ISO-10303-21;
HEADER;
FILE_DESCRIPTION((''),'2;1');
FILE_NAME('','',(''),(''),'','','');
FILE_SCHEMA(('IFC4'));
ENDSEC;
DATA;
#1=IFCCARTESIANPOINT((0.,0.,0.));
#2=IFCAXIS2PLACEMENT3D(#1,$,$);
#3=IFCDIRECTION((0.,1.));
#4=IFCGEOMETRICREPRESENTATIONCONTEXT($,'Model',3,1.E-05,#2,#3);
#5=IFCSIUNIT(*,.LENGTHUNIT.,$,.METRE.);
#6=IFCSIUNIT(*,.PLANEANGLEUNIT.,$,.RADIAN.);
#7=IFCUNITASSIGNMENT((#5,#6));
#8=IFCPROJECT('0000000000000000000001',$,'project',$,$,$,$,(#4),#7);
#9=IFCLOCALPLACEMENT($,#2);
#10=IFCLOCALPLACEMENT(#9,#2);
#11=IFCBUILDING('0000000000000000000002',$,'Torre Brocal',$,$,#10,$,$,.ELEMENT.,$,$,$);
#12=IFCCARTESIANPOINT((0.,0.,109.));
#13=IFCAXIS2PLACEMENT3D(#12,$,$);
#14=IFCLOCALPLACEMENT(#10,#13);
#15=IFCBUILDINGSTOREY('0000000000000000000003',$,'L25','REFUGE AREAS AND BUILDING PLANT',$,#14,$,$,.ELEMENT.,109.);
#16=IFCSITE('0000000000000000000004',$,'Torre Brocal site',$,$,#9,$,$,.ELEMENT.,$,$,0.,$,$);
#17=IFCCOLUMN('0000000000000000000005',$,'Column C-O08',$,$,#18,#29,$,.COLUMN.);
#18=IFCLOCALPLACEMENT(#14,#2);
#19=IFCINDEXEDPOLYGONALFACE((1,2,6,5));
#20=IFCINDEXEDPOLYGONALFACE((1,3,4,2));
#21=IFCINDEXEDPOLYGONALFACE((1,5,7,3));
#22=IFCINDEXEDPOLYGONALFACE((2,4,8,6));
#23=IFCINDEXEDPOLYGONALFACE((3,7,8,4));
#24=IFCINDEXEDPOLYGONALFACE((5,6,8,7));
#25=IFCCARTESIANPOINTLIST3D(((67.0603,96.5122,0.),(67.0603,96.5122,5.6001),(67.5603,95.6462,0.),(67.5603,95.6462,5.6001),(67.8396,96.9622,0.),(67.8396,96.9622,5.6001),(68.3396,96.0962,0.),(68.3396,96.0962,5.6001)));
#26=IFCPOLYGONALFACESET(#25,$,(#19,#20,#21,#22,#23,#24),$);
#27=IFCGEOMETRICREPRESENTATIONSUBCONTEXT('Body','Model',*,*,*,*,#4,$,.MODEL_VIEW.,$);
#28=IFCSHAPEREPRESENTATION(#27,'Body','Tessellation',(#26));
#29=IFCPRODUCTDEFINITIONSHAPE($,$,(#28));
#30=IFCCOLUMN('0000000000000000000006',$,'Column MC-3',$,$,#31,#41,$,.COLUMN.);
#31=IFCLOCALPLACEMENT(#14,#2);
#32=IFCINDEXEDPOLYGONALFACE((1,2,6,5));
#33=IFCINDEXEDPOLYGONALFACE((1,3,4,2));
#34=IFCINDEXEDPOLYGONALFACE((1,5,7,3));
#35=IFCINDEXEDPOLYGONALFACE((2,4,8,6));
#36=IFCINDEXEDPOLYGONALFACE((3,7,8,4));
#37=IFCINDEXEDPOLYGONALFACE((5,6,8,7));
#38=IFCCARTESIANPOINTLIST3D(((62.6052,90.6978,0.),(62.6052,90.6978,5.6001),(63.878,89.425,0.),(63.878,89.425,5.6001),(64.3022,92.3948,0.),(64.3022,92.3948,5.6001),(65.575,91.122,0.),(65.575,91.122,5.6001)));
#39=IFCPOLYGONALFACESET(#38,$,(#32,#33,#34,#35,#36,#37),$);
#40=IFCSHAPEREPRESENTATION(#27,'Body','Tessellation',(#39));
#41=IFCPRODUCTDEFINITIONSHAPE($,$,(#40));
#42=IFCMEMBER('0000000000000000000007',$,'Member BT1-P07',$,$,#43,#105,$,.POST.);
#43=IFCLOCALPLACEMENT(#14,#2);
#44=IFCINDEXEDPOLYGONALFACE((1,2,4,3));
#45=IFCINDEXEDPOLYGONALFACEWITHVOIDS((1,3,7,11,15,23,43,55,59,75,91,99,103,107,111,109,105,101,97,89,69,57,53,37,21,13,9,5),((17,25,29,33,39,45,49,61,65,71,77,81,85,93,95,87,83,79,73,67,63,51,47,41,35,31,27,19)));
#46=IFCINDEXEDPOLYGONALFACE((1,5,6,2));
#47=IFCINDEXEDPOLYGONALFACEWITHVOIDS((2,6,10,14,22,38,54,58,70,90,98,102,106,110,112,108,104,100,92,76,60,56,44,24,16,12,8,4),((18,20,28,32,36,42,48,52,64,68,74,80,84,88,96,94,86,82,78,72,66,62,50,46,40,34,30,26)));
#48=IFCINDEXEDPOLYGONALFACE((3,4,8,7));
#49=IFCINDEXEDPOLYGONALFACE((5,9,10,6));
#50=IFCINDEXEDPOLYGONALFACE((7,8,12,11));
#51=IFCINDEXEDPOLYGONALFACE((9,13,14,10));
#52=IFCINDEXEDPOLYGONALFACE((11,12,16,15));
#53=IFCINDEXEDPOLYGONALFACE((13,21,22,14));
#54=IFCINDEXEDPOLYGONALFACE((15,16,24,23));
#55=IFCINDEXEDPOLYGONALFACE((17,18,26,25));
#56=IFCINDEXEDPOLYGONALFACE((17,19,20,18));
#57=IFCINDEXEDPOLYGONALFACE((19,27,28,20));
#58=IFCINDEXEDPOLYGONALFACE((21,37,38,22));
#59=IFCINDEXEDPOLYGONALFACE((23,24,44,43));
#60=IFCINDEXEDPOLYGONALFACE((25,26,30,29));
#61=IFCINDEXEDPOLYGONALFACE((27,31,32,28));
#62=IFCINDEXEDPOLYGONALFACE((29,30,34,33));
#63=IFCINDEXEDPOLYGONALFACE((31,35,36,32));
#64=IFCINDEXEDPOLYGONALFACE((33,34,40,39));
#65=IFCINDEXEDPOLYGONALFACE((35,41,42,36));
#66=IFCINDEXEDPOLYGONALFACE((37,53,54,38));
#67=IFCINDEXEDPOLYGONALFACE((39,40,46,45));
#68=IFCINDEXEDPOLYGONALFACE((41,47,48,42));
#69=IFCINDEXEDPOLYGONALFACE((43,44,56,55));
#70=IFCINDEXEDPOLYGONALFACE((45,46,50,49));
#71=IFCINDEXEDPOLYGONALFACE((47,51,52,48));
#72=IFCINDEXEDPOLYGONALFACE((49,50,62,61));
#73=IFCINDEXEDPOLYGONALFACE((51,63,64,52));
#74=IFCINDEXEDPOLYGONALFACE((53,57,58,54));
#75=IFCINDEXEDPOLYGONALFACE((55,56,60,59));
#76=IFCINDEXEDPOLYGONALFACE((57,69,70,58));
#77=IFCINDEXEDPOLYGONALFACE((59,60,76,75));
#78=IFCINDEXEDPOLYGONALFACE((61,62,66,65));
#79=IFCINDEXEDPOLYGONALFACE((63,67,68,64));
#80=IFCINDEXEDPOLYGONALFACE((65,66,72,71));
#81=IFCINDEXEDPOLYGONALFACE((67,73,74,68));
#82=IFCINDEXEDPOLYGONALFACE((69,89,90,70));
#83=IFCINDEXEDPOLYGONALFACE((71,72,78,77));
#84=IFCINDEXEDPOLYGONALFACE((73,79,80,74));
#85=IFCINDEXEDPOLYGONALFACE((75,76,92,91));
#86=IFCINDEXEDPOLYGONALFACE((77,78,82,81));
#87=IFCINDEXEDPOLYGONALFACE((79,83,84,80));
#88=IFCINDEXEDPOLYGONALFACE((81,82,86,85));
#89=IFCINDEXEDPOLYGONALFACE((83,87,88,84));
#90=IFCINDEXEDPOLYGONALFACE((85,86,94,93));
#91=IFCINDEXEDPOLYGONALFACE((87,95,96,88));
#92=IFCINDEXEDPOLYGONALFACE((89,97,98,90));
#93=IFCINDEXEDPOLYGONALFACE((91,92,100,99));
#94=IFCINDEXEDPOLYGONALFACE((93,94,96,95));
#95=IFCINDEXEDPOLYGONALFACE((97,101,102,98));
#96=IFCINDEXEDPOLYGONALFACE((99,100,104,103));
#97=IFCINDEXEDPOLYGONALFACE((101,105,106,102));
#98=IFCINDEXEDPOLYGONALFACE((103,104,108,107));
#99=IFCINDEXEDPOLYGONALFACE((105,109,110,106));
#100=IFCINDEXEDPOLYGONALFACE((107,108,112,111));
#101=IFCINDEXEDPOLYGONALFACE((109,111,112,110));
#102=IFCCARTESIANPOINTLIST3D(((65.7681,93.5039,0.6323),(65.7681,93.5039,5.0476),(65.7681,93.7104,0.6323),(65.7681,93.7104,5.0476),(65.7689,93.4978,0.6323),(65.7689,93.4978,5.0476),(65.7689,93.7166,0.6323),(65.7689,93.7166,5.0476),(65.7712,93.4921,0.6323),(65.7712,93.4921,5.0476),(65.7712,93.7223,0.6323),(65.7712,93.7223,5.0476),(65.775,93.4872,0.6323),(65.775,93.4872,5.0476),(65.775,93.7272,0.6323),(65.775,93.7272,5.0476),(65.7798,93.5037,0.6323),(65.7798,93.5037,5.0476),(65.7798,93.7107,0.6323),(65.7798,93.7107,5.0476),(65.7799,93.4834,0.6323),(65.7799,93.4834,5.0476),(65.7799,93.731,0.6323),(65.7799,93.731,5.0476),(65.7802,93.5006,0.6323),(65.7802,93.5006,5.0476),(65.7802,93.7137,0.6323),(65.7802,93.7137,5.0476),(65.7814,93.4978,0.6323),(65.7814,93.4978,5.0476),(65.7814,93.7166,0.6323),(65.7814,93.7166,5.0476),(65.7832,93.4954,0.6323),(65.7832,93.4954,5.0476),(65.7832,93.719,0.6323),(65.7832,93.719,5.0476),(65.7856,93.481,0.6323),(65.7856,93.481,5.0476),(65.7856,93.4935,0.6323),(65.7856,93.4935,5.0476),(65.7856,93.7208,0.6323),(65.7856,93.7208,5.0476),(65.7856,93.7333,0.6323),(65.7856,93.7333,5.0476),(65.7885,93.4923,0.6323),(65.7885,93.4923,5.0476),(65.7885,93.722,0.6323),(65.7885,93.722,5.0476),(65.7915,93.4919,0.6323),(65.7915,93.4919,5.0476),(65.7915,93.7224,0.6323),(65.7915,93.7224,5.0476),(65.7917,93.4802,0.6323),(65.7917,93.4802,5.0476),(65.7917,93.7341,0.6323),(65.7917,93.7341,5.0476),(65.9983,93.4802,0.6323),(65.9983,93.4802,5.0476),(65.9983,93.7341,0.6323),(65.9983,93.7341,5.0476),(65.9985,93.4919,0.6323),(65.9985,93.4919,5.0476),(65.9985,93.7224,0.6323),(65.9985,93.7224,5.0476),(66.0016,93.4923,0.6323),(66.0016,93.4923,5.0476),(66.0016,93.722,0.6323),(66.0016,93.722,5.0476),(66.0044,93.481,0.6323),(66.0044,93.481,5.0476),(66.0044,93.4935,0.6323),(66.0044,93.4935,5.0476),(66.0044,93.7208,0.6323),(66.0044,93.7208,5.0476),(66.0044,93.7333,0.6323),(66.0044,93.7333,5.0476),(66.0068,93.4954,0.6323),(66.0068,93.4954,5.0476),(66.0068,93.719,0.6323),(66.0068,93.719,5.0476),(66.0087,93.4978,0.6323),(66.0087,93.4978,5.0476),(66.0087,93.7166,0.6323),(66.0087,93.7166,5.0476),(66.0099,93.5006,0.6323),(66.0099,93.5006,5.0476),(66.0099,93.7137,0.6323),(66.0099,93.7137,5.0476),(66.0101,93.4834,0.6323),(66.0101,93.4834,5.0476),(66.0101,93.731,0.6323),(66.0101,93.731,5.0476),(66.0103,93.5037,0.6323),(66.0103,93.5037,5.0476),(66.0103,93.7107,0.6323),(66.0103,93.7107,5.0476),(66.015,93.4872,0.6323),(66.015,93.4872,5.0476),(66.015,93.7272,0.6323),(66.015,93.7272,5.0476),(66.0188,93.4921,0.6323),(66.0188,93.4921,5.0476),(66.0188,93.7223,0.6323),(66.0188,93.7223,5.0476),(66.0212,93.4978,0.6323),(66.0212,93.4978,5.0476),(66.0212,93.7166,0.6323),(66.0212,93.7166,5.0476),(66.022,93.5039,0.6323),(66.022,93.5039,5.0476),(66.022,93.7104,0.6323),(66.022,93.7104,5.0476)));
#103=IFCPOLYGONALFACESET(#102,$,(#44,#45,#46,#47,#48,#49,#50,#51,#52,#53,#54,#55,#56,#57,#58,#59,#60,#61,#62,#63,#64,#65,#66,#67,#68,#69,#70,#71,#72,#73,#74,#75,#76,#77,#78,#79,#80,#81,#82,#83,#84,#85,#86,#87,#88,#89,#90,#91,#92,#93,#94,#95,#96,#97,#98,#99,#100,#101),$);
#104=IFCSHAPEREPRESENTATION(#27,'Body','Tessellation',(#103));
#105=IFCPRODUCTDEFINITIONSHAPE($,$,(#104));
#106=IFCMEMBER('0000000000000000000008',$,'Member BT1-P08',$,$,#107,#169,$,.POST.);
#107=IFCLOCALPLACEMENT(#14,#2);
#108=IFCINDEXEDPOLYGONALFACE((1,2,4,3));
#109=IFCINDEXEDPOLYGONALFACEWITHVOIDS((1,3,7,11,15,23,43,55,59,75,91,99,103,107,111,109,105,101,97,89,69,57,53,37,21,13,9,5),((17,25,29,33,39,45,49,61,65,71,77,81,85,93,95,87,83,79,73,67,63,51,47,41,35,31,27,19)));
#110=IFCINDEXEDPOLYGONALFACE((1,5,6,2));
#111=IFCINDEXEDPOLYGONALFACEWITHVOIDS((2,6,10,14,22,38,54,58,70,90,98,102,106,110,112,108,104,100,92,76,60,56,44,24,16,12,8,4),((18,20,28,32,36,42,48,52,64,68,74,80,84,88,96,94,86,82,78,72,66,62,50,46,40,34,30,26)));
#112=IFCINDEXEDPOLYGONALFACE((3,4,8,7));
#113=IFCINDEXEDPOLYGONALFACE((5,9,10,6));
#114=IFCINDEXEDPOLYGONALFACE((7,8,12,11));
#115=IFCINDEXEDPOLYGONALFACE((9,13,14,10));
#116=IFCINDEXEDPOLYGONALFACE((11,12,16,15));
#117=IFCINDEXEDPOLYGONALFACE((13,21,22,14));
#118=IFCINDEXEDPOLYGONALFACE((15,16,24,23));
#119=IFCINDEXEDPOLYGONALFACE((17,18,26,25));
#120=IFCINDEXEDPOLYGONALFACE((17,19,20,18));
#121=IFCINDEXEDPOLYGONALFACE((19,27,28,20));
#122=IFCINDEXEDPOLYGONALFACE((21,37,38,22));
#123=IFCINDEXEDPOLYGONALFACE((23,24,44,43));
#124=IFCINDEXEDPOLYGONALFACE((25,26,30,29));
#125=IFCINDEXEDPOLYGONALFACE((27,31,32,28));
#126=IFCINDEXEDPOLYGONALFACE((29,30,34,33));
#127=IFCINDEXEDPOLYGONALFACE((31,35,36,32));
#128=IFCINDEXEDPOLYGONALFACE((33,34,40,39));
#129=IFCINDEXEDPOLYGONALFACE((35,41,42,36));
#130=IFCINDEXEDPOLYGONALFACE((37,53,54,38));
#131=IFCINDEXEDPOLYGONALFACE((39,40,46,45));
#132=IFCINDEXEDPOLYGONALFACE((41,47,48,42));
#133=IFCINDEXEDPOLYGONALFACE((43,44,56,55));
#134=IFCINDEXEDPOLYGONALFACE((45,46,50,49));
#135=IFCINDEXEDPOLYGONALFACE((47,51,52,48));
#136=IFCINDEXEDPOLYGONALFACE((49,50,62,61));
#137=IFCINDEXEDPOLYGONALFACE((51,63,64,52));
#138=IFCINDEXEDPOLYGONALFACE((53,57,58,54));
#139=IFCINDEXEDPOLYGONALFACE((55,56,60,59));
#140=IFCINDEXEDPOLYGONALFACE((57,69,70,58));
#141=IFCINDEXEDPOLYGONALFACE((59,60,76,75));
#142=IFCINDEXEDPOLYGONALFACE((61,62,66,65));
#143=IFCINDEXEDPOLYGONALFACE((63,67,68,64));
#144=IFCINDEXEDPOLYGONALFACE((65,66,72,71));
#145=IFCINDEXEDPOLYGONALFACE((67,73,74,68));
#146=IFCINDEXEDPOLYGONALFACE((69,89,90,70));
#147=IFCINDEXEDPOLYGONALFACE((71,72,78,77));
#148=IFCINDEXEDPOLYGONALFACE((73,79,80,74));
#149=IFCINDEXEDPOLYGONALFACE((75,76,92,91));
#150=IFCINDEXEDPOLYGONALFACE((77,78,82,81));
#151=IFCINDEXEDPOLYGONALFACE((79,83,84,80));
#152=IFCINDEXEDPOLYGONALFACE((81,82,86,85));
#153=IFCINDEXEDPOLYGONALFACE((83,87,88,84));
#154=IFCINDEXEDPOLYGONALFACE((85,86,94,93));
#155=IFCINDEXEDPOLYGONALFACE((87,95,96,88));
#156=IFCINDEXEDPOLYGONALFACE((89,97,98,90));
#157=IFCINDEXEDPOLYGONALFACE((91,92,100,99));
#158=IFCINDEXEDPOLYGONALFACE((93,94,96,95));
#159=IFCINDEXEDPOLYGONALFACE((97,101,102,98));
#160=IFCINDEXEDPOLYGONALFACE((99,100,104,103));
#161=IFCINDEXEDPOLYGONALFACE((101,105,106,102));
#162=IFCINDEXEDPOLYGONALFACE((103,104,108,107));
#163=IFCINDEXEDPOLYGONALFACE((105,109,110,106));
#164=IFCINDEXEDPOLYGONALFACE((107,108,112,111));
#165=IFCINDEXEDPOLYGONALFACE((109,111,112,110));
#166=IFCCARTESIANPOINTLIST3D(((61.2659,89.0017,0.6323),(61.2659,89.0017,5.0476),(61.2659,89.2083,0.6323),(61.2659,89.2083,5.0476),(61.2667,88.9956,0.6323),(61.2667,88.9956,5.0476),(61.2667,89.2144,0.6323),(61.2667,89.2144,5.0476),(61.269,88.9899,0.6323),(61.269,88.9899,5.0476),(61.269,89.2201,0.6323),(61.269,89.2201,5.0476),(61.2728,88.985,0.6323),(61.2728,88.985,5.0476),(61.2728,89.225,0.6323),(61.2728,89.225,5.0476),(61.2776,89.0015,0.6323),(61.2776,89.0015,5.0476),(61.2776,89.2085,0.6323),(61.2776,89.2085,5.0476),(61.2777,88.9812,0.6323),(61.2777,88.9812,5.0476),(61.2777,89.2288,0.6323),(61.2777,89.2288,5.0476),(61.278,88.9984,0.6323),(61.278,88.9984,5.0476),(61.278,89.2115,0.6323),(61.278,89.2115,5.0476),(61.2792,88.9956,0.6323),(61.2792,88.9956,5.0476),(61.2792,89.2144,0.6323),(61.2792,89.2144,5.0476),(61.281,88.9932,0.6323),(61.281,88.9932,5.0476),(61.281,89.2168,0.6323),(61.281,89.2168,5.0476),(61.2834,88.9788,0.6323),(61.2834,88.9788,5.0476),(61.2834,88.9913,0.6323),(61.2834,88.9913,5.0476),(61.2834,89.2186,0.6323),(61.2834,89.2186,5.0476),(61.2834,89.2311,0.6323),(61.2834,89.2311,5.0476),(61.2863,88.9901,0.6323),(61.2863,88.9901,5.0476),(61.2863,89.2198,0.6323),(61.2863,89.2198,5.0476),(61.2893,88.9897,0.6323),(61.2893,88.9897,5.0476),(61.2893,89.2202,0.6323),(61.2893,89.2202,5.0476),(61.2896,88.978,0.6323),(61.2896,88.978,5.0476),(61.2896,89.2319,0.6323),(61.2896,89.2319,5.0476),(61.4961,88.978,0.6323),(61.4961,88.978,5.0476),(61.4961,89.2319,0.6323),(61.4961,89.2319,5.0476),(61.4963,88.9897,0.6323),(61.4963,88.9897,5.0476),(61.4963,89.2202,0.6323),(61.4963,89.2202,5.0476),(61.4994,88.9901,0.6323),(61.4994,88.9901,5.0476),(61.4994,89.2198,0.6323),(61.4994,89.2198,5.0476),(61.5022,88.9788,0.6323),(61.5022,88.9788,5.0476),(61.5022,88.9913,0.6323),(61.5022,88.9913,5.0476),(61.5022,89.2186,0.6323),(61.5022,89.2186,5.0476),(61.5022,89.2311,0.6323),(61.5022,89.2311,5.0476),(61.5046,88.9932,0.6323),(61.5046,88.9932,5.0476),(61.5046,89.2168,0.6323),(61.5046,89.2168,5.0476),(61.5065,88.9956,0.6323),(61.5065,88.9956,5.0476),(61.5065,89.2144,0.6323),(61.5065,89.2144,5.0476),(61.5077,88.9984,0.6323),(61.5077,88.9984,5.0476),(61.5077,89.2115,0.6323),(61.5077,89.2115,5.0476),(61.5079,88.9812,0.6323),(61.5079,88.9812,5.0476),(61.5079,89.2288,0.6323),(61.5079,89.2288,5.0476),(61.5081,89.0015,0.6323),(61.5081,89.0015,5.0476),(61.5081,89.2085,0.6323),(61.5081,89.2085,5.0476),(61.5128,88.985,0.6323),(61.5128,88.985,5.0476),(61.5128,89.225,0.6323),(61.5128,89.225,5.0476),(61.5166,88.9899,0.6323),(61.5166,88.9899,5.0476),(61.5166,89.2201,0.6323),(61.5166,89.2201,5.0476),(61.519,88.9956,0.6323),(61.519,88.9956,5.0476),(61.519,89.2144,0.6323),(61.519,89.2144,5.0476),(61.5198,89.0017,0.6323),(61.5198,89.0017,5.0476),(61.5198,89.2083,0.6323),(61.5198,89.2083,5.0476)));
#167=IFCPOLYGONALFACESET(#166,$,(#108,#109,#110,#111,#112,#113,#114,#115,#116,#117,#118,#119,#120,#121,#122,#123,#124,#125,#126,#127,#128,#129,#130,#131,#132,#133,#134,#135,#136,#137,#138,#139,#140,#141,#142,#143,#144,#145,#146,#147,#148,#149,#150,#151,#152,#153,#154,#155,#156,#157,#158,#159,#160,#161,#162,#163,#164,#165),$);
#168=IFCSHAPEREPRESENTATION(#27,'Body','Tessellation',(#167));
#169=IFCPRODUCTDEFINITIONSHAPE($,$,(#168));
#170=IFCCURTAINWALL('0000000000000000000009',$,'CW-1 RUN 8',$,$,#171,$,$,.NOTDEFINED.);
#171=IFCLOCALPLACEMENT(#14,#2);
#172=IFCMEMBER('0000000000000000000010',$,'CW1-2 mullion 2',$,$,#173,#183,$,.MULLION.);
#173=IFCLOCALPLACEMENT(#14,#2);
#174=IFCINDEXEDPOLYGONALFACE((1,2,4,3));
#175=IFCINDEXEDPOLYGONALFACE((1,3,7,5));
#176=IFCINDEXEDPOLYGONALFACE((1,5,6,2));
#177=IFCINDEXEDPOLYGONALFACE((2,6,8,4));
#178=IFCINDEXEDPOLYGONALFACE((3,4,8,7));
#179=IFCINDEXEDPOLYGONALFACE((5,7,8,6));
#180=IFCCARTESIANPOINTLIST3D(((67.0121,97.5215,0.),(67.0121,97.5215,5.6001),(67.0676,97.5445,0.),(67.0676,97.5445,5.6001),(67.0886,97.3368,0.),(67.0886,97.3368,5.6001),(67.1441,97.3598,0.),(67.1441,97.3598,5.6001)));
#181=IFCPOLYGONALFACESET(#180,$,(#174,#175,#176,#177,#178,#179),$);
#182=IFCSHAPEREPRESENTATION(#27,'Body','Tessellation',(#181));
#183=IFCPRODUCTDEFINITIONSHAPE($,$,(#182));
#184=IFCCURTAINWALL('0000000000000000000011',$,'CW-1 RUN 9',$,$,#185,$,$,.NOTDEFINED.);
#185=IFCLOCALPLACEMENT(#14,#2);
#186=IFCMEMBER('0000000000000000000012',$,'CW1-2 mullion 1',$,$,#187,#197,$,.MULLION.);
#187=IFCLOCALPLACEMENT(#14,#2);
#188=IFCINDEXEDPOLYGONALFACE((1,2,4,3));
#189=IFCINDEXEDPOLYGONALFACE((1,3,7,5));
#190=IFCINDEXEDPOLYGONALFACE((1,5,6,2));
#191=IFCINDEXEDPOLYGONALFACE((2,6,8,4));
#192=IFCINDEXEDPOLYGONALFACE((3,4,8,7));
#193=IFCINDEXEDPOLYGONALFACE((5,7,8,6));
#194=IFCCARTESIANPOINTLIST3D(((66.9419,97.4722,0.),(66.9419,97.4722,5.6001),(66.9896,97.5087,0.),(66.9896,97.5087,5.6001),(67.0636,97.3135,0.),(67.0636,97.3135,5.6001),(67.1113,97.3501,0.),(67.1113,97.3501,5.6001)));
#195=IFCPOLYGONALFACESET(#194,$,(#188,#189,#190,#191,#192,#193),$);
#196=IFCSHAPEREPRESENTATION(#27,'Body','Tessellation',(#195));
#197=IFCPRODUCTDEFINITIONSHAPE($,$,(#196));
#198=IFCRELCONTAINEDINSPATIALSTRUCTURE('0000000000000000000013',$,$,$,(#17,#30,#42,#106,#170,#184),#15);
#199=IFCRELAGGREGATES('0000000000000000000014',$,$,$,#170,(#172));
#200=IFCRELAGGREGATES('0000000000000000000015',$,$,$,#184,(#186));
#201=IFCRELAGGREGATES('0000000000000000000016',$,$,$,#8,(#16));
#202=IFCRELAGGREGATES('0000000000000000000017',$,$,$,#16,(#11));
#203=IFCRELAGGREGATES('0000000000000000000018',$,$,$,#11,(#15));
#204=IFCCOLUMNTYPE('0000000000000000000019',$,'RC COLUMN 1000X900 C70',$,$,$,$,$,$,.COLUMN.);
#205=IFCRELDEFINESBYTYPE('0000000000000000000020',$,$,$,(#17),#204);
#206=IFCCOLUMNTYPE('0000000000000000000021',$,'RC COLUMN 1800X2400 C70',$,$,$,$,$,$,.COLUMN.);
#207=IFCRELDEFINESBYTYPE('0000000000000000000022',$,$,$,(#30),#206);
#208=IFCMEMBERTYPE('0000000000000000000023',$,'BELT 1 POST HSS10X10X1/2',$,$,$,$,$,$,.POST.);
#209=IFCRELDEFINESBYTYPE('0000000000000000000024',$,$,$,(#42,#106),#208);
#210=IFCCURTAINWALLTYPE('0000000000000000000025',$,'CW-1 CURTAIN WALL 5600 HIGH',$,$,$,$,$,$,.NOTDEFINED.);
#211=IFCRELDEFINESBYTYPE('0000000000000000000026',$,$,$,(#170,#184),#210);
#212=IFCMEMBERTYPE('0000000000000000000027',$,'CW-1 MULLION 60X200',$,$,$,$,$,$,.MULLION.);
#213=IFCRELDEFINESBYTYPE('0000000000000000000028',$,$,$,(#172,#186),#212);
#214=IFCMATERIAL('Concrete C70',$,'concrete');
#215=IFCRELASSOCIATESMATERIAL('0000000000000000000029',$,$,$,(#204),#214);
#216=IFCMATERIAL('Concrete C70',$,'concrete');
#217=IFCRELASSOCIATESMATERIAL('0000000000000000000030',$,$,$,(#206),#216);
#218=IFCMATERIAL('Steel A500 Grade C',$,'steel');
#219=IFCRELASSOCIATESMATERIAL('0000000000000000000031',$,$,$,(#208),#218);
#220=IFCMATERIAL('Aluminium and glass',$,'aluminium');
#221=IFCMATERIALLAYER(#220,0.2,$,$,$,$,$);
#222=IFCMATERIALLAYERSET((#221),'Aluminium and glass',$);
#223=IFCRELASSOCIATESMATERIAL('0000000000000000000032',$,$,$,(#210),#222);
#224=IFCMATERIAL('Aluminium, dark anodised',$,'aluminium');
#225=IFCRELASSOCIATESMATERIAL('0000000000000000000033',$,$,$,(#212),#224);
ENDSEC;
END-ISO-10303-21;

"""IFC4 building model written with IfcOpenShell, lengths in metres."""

from ifc_helpers import new_model, si_unit, direction, frame, origin, origin_2d, place, context, subcontext, project, spatial, rectangle, hollow_rectangle, extrude, material, layer, layer_set, material_profile, profile_set, type_object, element, aggregate, save


model = new_model("IFC4")

# Units and contexts
model_context = context("Model", 3, precision=1e-05, world=origin(), true_north=direction((0.0, 1.0)))
body_context = subcontext(model_context, "Body", "Model", "MODEL_VIEW")
ifc_project = project(units=[si_unit("LENGTHUNIT", "METRE"), si_unit("PLANEANGLEUNIT", "RADIAN")], contexts=[model_context])

# Site, building, storey
site_placement = place(None, origin())
site = spatial("IfcSite", under=ifc_project, at=site_placement, Name="Torre Brocal site", CompositionType="ELEMENT", RefElevation=0.0)
building_placement = place(site_placement, origin())
building = spatial("IfcBuilding", under=site, at=building_placement, Name="Torre Brocal", CompositionType="ELEMENT")
storey_placement = place(building_placement, frame((0.0, 0.0, 109.0)))
storey = spatial("IfcBuildingStorey", under=building, at=storey_placement, Name="L25", Description="REFUGE AREAS AND BUILDING PLANT", CompositionType="ELEMENT", Elevation=109.0)

# Columns
ifc_material_1 = material(Name="Concrete C70", Category="concrete")
ifc_material_profile_1 = material_profile(ifc_material_1, rectangle(XDim=1.0, YDim=0.8999, at=origin_2d()), Name="RC 1000X900")
ifc_profile_set_1 = profile_set([ifc_material_profile_1], Name="Concrete C70")
column_type_1 = type_object("IfcColumnType", Name="RC COLUMN 1000X900 C70", PredefinedType="COLUMN", material=ifc_profile_set_1)
column_1_placement = place(storey_placement, frame((67.7, 96.3042, 0.0), z_axis=(0.0, 0.0, 1.0), x_axis=(-0.5, 0.866025, 0.0)))
element("IfcColumn", 1, at=column_1_placement, inside=storey, type_object=column_type_1, Name="Column C-O08", PredefinedType="COLUMN", context=body_context, shape_type="SweptSolid", body=[
    extrude(rectangle(XDim=1.0, YDim=0.8999, at=origin_2d()), origin(), (0.0, 0.0, 1.0), 5.6001),
])
ifc_material_2 = material(Name="Concrete C70", Category="concrete")
ifc_material_profile_2 = material_profile(ifc_material_2, rectangle(XDim=1.8, YDim=2.3999, at=origin_2d()), Name="RC 1800X2400")
ifc_profile_set_2 = profile_set([ifc_material_profile_2], Name="Concrete C70")
column_type_2 = type_object("IfcColumnType", Name="RC COLUMN 1800X2400 C70", PredefinedType="COLUMN", material=ifc_profile_set_2)
column_2_placement = place(storey_placement, frame((64.0901, 90.9099, 0.0), z_axis=(0.0, 0.0, 1.0), x_axis=(-0.707107, 0.707107, 0.0)))
element("IfcColumn", 2, at=column_2_placement, inside=storey, type_object=column_type_2, Name="Column MC-3", PredefinedType="COLUMN", context=body_context, shape_type="SweptSolid", body=[
    extrude(rectangle(XDim=1.8, YDim=2.3999, at=origin_2d()), origin(), (0.0, 0.0, 1.0), 5.6001),
])

# Members
ifc_material_3 = material(Name="Steel A500 Grade C", Category="steel")
ifc_material_profile_3 = material_profile(ifc_material_3, hollow_rectangle(XDim=0.2539, YDim=0.2539, WallThickness=0.0117, InnerFilletRadius=0.0117, OuterFilletRadius=0.0237, at=origin_2d()), Name="HSS10X10X1/2")
ifc_profile_set_3 = profile_set([ifc_material_profile_3], Name="Steel A500 Grade C")
member_type_1 = type_object("IfcMemberType", Name="BELT 1 POST HSS10X10X1/2", PredefinedType="POST", material=ifc_profile_set_3)
for number, where, z_axis, x_axis, name in (
    (3, (65.895, 93.6072, 0.6323), (0.0, 0.0, 1.0), (1.0, 0.0, 0.0), "Member BT1-P07"),
    (4, (61.3928, 89.105, 0.6323), (0.0, 0.0, 1.0), (1.0, 0.0, 0.0), "Member BT1-P08"),
):
    element("IfcMember", number, at=place(storey_placement, frame(where, z_axis=z_axis, x_axis=x_axis)), inside=storey, type_object=member_type_1, Name=name, PredefinedType="POST", context=body_context, shape_type="SweptSolid", body=[
        extrude(hollow_rectangle(XDim=0.2539, YDim=0.2539, WallThickness=0.0117, InnerFilletRadius=0.0117, OuterFilletRadius=0.0237, at=origin_2d()), origin(), (0.0, 0.0, 1.0), 4.4153),
    ])

# Curtain wall, member
ifc_material_4 = material(Name="Aluminium and glass", Category="aluminium")
ifc_layer_1 = layer(ifc_material_4, 0.2)
ifc_layer_set_1 = layer_set([ifc_layer_1], Name="Aluminium and glass")
curtain_wall_type = type_object("IfcCurtainWallType", Name="CW-1 CURTAIN WALL 5600 HIGH", PredefinedType="NOTDEFINED", material=ifc_layer_set_1)
curtain_wall_1_placement = place(storey_placement, origin())
curtain_wall_1 = element("IfcCurtainWall", 5, at=curtain_wall_1_placement, inside=storey, type_object=curtain_wall_type, Name="CW-1 RUN 8", PredefinedType="NOTDEFINED")
ifc_material_5 = material(Name="Aluminium, dark anodised", Category="aluminium")
ifc_material_profile_4 = material_profile(ifc_material_5, rectangle(XDim=0.2, YDim=0.0601, at=origin_2d()), Name="CW-1 MULLION 60X200")
ifc_profile_set_4 = profile_set([ifc_material_profile_4], Name="Aluminium, dark anodised")
member_type_2 = type_object("IfcMemberType", Name="CW-1 MULLION 60X200", PredefinedType="MULLION", material=ifc_profile_set_4)
member_1_placement = place(storey_placement, frame((67.0781, 97.4407, 0.0), z_axis=(0.0, 0.0, 1.0), x_axis=(0.382683, -0.92388, 0.0)))
member_1 = element("IfcMember", 6, at=member_1_placement, type_object=member_type_2, Name="CW1-2 mullion 2", PredefinedType="MULLION", context=body_context, shape_type="SweptSolid", body=[
    extrude(rectangle(XDim=0.2, YDim=0.0601, at=origin_2d()), origin(), (0.0, 0.0, 1.0), 5.6001),
])

# Curtain wall, member
curtain_wall_2_placement = place(storey_placement, origin())
curtain_wall_2 = element("IfcCurtainWall", 7, at=curtain_wall_2_placement, inside=storey, type_object=curtain_wall_type, Name="CW-1 RUN 9", PredefinedType="NOTDEFINED")
member_2_placement = place(storey_placement, frame((67.0266, 97.4111, 0.0), z_axis=(0.0, 0.0, 1.0), x_axis=(0.608761, -0.793353, 0.0)))
member_2 = element("IfcMember", 8, at=member_2_placement, type_object=member_type_2, Name="CW1-2 mullion 1", PredefinedType="MULLION", context=body_context, shape_type="SweptSolid", body=[
    extrude(rectangle(XDim=0.2, YDim=0.0601, at=origin_2d()), origin(), (0.0, 0.0, 1.0), 5.6001),
])

aggregate(curtain_wall_1, [member_1])
aggregate(curtain_wall_2, [member_2])

save(model, "model.ifc")
